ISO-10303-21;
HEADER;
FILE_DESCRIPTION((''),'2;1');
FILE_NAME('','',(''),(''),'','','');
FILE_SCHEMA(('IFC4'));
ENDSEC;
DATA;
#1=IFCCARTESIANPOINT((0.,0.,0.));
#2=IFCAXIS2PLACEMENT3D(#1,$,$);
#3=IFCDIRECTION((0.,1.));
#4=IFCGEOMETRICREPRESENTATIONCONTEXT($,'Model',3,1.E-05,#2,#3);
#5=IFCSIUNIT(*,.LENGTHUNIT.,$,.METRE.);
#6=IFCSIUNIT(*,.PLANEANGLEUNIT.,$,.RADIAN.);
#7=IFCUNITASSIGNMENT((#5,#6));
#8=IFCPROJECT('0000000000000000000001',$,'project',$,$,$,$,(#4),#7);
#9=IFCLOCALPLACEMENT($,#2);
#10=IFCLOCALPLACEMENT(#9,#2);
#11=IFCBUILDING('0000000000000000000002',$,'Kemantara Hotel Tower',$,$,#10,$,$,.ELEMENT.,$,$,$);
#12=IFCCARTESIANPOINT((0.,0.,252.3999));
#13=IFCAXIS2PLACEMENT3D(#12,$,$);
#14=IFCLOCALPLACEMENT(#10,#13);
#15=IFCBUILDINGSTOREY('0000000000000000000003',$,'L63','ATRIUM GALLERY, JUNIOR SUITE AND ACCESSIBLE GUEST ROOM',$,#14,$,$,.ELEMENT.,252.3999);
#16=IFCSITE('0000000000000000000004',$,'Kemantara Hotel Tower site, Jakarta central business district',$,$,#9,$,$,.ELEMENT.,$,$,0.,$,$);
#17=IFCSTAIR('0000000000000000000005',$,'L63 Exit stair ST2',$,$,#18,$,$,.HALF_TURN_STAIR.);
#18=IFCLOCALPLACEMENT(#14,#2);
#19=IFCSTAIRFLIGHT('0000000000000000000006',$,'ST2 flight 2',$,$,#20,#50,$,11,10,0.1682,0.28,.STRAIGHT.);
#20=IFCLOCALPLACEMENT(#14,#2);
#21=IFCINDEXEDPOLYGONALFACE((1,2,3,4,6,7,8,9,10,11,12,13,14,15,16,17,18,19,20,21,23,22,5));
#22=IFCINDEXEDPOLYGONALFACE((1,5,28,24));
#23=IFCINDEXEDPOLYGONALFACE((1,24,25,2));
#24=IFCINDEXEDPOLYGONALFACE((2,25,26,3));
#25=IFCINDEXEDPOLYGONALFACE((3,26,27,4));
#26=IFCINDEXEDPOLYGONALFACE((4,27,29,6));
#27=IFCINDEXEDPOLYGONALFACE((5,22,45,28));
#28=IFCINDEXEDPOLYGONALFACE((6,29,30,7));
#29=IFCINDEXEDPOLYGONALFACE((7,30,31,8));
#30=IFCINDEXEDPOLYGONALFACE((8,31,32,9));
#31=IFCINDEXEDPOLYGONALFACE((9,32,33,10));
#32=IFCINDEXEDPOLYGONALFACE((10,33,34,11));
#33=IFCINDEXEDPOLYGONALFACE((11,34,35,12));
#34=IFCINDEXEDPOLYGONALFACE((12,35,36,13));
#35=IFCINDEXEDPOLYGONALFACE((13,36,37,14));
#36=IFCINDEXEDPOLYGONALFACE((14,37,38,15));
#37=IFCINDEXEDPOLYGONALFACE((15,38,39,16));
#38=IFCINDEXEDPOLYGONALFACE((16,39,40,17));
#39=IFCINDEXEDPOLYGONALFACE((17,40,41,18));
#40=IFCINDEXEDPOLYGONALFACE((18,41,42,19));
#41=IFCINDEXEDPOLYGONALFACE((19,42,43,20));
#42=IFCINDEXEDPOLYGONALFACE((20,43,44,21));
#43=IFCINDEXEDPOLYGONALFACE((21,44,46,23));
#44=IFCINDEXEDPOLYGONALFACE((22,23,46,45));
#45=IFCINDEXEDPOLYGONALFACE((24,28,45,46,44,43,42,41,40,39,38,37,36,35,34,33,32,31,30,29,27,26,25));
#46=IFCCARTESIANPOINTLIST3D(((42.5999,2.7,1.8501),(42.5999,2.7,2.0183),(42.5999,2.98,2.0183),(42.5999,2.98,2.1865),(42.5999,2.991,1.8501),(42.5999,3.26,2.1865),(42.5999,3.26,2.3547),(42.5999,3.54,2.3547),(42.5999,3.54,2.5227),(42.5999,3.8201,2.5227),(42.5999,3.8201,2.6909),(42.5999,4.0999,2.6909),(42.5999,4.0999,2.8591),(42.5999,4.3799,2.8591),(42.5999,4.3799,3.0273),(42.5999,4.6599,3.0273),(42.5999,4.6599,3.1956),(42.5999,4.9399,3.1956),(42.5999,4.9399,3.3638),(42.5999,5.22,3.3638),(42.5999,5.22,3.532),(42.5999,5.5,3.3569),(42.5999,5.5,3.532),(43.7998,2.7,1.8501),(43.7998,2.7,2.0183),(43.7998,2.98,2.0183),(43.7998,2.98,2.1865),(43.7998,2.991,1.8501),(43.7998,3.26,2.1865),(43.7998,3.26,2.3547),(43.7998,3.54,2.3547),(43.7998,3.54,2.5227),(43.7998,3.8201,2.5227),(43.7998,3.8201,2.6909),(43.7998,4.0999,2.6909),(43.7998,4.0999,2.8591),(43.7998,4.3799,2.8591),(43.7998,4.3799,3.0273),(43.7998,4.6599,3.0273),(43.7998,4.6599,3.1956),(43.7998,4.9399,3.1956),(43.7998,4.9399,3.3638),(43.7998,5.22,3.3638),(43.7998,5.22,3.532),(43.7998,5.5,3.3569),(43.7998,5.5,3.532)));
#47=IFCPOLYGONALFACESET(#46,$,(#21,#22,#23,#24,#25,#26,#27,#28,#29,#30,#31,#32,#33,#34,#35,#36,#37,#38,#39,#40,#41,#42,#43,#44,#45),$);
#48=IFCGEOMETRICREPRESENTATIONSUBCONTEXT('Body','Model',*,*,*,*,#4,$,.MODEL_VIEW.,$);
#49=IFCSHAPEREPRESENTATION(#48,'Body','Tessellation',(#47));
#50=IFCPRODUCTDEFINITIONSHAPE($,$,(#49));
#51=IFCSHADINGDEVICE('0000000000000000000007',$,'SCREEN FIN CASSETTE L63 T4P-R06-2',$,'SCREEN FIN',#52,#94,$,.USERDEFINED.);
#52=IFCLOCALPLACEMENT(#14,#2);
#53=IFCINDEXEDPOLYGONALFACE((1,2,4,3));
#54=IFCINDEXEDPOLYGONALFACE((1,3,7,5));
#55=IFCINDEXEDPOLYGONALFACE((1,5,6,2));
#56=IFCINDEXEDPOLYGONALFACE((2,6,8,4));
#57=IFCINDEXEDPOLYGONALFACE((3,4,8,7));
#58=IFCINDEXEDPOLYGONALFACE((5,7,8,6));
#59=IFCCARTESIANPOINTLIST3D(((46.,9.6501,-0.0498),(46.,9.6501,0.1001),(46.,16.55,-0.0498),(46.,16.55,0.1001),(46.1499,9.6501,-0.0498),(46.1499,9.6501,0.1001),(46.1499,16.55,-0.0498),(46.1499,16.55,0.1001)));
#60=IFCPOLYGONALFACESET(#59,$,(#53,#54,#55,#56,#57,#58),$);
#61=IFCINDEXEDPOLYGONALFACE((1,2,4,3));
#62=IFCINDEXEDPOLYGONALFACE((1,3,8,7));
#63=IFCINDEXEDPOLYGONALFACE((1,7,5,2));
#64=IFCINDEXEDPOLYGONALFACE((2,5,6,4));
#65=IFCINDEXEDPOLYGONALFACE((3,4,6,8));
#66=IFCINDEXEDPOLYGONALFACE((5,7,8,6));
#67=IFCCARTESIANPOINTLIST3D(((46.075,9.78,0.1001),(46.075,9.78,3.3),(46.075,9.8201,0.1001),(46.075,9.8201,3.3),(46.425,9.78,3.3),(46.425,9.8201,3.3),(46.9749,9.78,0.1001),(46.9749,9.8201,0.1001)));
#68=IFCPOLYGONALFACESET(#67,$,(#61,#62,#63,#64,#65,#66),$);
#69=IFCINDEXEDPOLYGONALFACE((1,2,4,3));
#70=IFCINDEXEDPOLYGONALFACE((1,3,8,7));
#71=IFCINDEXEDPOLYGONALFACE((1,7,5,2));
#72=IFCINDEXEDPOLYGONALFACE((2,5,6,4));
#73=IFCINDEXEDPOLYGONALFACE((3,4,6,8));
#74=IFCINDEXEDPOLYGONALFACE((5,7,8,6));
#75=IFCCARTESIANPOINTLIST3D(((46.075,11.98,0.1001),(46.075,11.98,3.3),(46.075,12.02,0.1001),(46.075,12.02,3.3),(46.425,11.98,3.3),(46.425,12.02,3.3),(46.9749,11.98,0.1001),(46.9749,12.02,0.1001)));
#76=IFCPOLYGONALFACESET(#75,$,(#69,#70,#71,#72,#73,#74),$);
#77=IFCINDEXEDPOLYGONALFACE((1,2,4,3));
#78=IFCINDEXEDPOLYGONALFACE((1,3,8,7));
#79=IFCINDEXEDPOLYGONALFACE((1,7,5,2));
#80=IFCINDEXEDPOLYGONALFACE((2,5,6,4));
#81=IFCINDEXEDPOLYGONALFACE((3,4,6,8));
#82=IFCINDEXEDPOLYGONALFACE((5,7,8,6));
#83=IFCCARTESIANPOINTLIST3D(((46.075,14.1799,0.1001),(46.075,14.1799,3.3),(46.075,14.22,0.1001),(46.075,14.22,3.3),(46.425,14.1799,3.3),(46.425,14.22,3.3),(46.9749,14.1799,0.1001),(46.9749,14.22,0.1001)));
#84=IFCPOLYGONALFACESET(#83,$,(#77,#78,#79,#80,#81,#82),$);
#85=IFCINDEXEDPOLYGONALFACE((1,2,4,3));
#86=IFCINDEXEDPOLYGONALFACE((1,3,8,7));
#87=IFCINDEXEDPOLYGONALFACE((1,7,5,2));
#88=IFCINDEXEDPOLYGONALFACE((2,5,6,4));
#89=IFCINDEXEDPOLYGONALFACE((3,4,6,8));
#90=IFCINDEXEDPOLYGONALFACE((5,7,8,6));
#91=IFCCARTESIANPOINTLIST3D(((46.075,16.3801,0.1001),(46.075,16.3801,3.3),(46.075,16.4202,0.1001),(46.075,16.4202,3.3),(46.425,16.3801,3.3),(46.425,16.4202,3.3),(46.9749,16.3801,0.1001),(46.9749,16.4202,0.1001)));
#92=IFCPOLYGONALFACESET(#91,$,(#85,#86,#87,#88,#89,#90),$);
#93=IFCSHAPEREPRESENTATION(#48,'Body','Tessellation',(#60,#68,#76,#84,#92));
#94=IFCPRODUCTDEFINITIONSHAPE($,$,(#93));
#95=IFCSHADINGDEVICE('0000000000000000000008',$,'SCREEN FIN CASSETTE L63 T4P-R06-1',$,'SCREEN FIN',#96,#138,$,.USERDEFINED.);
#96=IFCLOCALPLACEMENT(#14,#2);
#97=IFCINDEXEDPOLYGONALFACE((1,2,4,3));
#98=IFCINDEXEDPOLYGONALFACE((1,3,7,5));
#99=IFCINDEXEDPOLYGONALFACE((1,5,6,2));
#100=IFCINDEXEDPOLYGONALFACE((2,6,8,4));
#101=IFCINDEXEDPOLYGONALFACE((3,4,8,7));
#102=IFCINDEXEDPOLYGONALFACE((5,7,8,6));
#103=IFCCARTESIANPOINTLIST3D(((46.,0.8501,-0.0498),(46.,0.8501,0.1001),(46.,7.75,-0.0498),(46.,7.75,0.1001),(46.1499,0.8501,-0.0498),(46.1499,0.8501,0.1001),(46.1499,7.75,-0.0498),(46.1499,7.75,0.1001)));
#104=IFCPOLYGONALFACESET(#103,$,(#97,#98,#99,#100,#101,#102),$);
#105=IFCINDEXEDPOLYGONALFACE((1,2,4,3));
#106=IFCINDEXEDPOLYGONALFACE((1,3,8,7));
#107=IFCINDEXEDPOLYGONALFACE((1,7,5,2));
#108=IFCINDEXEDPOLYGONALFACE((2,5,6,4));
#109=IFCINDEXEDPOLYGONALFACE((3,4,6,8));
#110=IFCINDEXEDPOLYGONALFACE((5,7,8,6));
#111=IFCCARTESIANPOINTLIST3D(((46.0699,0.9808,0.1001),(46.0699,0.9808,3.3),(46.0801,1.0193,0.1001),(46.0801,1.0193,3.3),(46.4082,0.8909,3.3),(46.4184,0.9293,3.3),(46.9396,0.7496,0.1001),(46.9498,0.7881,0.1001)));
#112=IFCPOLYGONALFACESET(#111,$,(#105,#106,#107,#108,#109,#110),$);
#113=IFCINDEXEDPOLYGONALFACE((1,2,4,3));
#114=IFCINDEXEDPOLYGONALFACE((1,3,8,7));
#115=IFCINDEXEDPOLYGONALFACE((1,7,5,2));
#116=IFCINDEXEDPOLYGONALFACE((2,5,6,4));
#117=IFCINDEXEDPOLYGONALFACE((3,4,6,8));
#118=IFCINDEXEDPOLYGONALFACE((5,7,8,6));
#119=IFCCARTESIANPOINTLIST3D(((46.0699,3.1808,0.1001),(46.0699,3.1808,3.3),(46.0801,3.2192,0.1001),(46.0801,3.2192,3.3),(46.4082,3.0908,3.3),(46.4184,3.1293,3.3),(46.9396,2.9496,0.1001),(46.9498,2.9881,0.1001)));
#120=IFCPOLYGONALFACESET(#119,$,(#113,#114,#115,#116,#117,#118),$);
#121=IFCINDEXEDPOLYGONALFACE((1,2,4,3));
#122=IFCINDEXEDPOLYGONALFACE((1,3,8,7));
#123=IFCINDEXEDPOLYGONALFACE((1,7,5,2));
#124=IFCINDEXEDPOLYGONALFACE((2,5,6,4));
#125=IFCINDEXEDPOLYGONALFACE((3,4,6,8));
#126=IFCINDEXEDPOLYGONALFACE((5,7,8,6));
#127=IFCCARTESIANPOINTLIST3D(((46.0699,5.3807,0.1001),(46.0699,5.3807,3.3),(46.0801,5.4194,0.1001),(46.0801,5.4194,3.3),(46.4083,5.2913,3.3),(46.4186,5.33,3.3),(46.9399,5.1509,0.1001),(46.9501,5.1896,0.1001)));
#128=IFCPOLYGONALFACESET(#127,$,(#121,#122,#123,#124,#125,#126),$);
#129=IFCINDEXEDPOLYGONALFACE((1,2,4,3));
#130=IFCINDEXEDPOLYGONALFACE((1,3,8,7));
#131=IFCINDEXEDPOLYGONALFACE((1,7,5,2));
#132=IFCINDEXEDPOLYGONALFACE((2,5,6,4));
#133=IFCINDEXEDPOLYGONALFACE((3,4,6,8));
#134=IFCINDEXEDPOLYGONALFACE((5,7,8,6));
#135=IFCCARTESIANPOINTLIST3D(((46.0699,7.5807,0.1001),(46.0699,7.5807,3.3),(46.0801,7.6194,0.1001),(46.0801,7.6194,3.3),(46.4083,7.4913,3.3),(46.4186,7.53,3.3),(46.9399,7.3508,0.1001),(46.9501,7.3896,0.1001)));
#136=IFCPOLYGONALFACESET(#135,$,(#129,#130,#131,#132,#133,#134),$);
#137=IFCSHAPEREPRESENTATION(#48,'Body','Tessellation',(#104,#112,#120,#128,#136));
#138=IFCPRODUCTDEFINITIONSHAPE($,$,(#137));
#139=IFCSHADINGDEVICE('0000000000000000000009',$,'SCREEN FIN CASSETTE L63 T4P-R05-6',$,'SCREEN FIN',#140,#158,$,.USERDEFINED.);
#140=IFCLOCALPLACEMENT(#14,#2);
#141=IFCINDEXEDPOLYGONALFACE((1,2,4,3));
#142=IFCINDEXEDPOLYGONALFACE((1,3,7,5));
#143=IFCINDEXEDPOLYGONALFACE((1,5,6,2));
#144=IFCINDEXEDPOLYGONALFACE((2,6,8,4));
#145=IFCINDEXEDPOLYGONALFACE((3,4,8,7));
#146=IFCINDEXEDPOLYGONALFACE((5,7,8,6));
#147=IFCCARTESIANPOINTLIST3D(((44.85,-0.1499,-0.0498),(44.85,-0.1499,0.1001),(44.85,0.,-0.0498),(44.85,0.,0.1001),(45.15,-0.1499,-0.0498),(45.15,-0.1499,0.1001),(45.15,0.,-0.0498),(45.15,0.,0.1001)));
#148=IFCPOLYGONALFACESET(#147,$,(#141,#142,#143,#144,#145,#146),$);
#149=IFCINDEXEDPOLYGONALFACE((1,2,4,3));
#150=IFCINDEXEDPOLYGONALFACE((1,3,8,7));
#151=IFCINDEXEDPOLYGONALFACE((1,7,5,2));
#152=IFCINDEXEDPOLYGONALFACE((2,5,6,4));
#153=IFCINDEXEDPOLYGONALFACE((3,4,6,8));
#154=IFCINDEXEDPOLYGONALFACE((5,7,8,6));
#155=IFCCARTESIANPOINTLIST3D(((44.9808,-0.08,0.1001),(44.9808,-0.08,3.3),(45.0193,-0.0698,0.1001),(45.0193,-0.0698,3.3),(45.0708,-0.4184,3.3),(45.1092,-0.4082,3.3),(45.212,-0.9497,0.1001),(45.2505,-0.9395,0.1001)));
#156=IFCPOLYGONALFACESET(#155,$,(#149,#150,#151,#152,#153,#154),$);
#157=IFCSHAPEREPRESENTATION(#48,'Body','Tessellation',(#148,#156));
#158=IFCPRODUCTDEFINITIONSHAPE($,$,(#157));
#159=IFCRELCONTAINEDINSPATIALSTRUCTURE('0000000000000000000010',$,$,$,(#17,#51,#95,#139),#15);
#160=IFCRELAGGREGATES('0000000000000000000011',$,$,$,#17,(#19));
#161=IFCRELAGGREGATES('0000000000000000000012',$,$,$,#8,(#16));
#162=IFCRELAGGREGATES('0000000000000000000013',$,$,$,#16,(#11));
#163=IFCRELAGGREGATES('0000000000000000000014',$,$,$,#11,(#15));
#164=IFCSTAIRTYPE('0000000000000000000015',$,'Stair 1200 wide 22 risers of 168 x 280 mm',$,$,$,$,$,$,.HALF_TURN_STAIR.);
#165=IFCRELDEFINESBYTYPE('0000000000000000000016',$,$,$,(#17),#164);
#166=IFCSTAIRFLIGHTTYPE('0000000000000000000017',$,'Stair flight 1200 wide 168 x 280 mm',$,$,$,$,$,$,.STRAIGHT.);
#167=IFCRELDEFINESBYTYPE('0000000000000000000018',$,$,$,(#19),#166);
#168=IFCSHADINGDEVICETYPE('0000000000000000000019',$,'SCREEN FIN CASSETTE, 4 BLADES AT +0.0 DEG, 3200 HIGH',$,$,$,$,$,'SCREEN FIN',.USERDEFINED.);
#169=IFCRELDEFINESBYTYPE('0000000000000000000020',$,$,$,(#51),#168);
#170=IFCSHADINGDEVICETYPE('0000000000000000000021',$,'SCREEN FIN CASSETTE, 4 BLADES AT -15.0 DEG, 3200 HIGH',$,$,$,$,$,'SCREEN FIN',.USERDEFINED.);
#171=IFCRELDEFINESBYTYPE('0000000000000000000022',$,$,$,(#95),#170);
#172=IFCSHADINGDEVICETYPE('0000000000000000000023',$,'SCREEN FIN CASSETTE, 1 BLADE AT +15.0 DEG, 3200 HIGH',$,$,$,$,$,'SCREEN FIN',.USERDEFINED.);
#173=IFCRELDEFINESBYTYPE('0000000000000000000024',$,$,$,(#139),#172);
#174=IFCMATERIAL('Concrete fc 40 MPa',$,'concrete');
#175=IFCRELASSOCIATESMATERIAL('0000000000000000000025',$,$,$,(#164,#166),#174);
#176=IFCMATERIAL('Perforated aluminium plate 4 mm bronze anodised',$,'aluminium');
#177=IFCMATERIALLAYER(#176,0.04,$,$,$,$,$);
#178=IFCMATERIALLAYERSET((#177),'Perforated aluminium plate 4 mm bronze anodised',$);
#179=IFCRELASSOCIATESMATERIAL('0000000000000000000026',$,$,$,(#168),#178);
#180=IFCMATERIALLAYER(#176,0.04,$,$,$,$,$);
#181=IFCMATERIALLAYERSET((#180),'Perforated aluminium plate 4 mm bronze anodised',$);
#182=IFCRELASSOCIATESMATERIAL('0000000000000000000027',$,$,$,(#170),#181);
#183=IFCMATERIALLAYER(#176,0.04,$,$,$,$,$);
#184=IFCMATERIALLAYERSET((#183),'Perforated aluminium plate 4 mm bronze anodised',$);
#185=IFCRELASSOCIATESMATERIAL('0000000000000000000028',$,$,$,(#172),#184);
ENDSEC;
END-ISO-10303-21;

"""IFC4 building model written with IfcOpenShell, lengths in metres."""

from ifc_helpers import new_model, si_unit, direction, frame, origin, origin_2d, place, context, subcontext, project, spatial, polyline, rectangle, outline, extrude, source, transform, mapped, material, layer, layer_set, type_object, element, aggregate, save


model = new_model("IFC4")

# Units and contexts
model_context = context("Model", 3, precision=1e-05, world=origin(), true_north=direction((0.0, 1.0)))
body_context = subcontext(model_context, "Body", "Model", "MODEL_VIEW")
ifc_project = project(units=[si_unit("LENGTHUNIT", "METRE"), si_unit("PLANEANGLEUNIT", "RADIAN")], contexts=[model_context])

# Site, building, storey
site_placement = place(None, origin())
site = spatial("IfcSite", under=ifc_project, at=site_placement, Name="Kemantara Hotel Tower site, Jakarta central business district", CompositionType="ELEMENT", RefElevation=0.0)
building_placement = place(site_placement, origin())
building = spatial("IfcBuilding", under=site, at=building_placement, Name="Kemantara Hotel Tower", CompositionType="ELEMENT")
storey_placement = place(building_placement, frame((0.0, 0.0, 252.3999)))
storey = spatial("IfcBuildingStorey", under=building, at=storey_placement, Name="L63", Description="ATRIUM GALLERY, JUNIOR SUITE AND ACCESSIBLE GUEST ROOM", CompositionType="ELEMENT", Elevation=252.3999)

# Stair, stair flight
ifc_material_1 = material(Name="Concrete fc 40 MPa", Category="concrete")
stair_type = type_object("IfcStairType", Name="Stair 1200 wide 22 risers of 168 x 280 mm", PredefinedType="HALF_TURN_STAIR", material=ifc_material_1)
stair_placement = place(storey_placement, origin())
stair = element("IfcStair", 1, at=stair_placement, inside=storey, type_object=stair_type, Name="L63 Exit stair ST2", PredefinedType="HALF_TURN_STAIR")
stair_flight_type = type_object("IfcStairFlightType", Name="Stair flight 1200 wide 168 x 280 mm", PredefinedType="STRAIGHT", material=ifc_material_1)
stair_flight_placement = place(storey_placement, frame((43.2, 2.7, 1.8501), z_axis=(0.0, 0.0, 1.0), x_axis=(0.0, 1.0, 0.0)))
stair_flight = element("IfcStairFlight", 2, at=stair_flight_placement, type_object=stair_flight_type, Name="ST2 flight 2", NumberOfRisers=11, NumberOfTreads=10, PredefinedType="STRAIGHT", RiserHeight=0.1682, TreadLength=0.28, context=body_context, shape_type="SweptSolid", body=[
    extrude(outline(polyline([(0.0, 0.0), (0.0, 0.1682), (0.28, 0.1682), (0.28, 0.3364), (0.5601, 0.3364), (0.5601, 0.5046), (0.8401, 0.5046), (0.8401, 0.6726), (1.1201, 0.6726), (1.1201, 0.8408), (1.3999, 0.8408), (1.3999, 1.009), (1.6799, 1.009), (1.6799, 1.1772), (1.96, 1.1772), (1.96, 1.3455), (2.24, 1.3455), (2.24, 1.5137), (2.52, 1.5137), (2.52, 1.6819), (2.8, 1.6819), (2.8, 1.8501), (2.8, 1.5068), (0.291, 0.0), (0.0, 0.0)])), frame((0.0, 0.6001, 0.0), z_axis=(0.0, -1.0, 0.0), x_axis=(1.0, 0.0, 0.0)), (0.0, 0.0, 1.0), 1.2),
])
aggregate(stair, [stair_flight])

# Shading devices
ifc_material_2 = material(Name="Perforated aluminium plate 4 mm bronze anodised", Category="aluminium")
ifc_layer_1 = layer(ifc_material_2, 0.04)
ifc_layer_set_1 = layer_set([ifc_layer_1], Name="Perforated aluminium plate 4 mm bronze anodised")
shading_device_type_1 = type_object("IfcShadingDeviceType", Name="SCREEN FIN CASSETTE, 4 BLADES AT +0.0 DEG, 3200 HIGH", ElementType="SCREEN FIN", PredefinedType="USERDEFINED", material=ifc_layer_set_1)
shared_shape_1 = source(origin(), body_context, "Body", "SweptSolid", [
    extrude(rectangle(XDim=6.8999, YDim=0.1499, at=origin_2d()), frame((3.3, -0.075, -0.1499), z_axis=(0.0, 0.0, 1.0), x_axis=(1.0, 0.0, 0.0)), (0.0, 0.0, 1.0), 0.1499),
    extrude(outline(polyline([(0.0, 0.0), (0.8999, 0.0), (0.3501, 3.2), (0.0, 3.2), (0.0, 0.0)])), frame((0.02, -0.075, 0.0), z_axis=(-1.0, 0.0, 0.0), x_axis=(0.0, -1.0, 0.0)), (0.0, 0.0, 1.0), 0.04),
    extrude(outline(polyline([(0.0, 0.0), (0.8999, 0.0), (0.3501, 3.2), (0.0, 3.2), (0.0, 0.0)])), frame((2.22, -0.075, 0.0), z_axis=(-1.0, 0.0, 0.0), x_axis=(0.0, -1.0, 0.0)), (0.0, 0.0, 1.0), 0.04),
    extrude(outline(polyline([(0.0, 0.0), (0.8999, 0.0), (0.3501, 3.2), (0.0, 3.2), (0.0, 0.0)])), frame((4.4199, -0.075, 0.0), z_axis=(-1.0, 0.0, 0.0), x_axis=(0.0, -1.0, 0.0)), (0.0, 0.0, 1.0), 0.04),
    extrude(outline(polyline([(0.0, 0.0), (0.8999, 0.0), (0.3501, 3.2), (0.0, 3.2), (0.0, 0.0)])), frame((6.6201, -0.075, 0.0), z_axis=(-1.0, 0.0, 0.0), x_axis=(0.0, -1.0, 0.0)), (0.0, 0.0, 1.0), 0.04),
])
shading_device_1_placement = place(storey_placement, frame((46.0, 9.8, 0.1001), z_axis=(0.0, 0.0, 1.0), x_axis=(0.0, 1.0, 0.0)))
element("IfcShadingDevice", 3, at=shading_device_1_placement, inside=storey, type_object=shading_device_type_1, Name="SCREEN FIN CASSETTE L63 T4P-R06-2", ObjectType="SCREEN FIN", PredefinedType="USERDEFINED", context=body_context, shape_type="MappedRepresentation", body=[
    mapped(shared_shape_1, transform((0.0, 0.0, 0.0))),
])
ifc_layer_2 = layer(ifc_material_2, 0.04)
ifc_layer_set_2 = layer_set([ifc_layer_2], Name="Perforated aluminium plate 4 mm bronze anodised")
shading_device_type_2 = type_object("IfcShadingDeviceType", Name="SCREEN FIN CASSETTE, 4 BLADES AT -15.0 DEG, 3200 HIGH", ElementType="SCREEN FIN", PredefinedType="USERDEFINED", material=ifc_layer_set_2)
shared_shape_2 = source(origin(), body_context, "Body", "SweptSolid", [
    extrude(rectangle(XDim=6.8999, YDim=0.1499, at=origin_2d()), frame((3.3, -0.075, -0.1499), z_axis=(0.0, 0.0, 1.0), x_axis=(1.0, 0.0, 0.0)), (0.0, 0.0, 1.0), 0.1499),
    extrude(outline(polyline([(0.0, 0.0), (0.8999, 0.0), (0.3501, 3.2), (0.0, 3.2), (0.0, 0.0)])), frame((0.0193, -0.0801, 0.0), z_axis=(-0.966438, 0.256901, 0.0), x_axis=(-0.256901, -0.966438, 0.0)), (0.0, 0.0, 1.0), 0.0398),
    extrude(outline(polyline([(0.0, 0.0), (0.8999, 0.0), (0.3501, 3.2), (0.0, 3.2), (0.0, 0.0)])), frame((2.2192, -0.0801, 0.0), z_axis=(-0.966438, 0.256901, 0.0), x_axis=(-0.256901, -0.966438, 0.0)), (0.0, 0.0, 1.0), 0.0398),
    extrude(outline(polyline([(0.0, 0.0), (0.8999, 0.0), (0.3501, 3.2), (0.0, 3.2), (0.0, 0.0)])), frame((4.4194, -0.0801, 0.0), z_axis=(-0.966838, 0.255391, 0.0), x_axis=(-0.255391, -0.966838, 0.0)), (0.0, 0.0, 1.0), 0.04),
    extrude(outline(polyline([(0.0, 0.0), (0.8999, 0.0), (0.3501, 3.2), (0.0, 3.2), (0.0, 0.0)])), frame((6.6194, -0.0801, 0.0), z_axis=(-0.966838, 0.255391, 0.0), x_axis=(-0.255391, -0.966838, 0.0)), (0.0, 0.0, 1.0), 0.04),
])
shading_device_2_placement = place(storey_placement, frame((46.0, 1.0, 0.1001), z_axis=(0.0, 0.0, 1.0), x_axis=(0.0, 1.0, 0.0)))
element("IfcShadingDevice", 4, at=shading_device_2_placement, inside=storey, type_object=shading_device_type_2, Name="SCREEN FIN CASSETTE L63 T4P-R06-1", ObjectType="SCREEN FIN", PredefinedType="USERDEFINED", context=body_context, shape_type="MappedRepresentation", body=[
    mapped(shared_shape_2, transform((0.0, 0.0, 0.0))),
])
ifc_layer_3 = layer(ifc_material_2, 0.04)
ifc_layer_set_3 = layer_set([ifc_layer_3], Name="Perforated aluminium plate 4 mm bronze anodised")
shading_device_type_3 = type_object("IfcShadingDeviceType", Name="SCREEN FIN CASSETTE, 1 BLADE AT +15.0 DEG, 3200 HIGH", ElementType="SCREEN FIN", PredefinedType="USERDEFINED", material=ifc_layer_set_3)
shared_shape_3 = source(origin(), body_context, "Body", "SweptSolid", [
    extrude(rectangle(XDim=0.3, YDim=0.1499, at=origin_2d()), frame((0.0, -0.075, -0.1499), z_axis=(0.0, 0.0, 1.0), x_axis=(1.0, 0.0, 0.0)), (0.0, 0.0, 1.0), 0.1499),
    extrude(outline(polyline([(0.0, 0.0), (0.8999, 0.0), (0.3501, 3.2), (0.0, 3.2), (0.0, 0.0)])), frame((0.0193, -0.0698, 0.0), z_axis=(-0.966438, -0.256901, 0.0), x_axis=(0.256901, -0.966438, 0.0)), (0.0, 0.0, 1.0), 0.0398),
])
shading_device_3_placement = place(storey_placement, frame((45.0, 0.0, 0.1001), z_axis=(0.0, 0.0, 1.0), x_axis=(1.0, 0.0, 0.0)))
element("IfcShadingDevice", 5, at=shading_device_3_placement, inside=storey, type_object=shading_device_type_3, Name="SCREEN FIN CASSETTE L63 T4P-R05-6", ObjectType="SCREEN FIN", PredefinedType="USERDEFINED", context=body_context, shape_type="MappedRepresentation", body=[
    mapped(shared_shape_3, transform((0.0, 0.0, 0.0))),
])

save(model, "model.ifc")
